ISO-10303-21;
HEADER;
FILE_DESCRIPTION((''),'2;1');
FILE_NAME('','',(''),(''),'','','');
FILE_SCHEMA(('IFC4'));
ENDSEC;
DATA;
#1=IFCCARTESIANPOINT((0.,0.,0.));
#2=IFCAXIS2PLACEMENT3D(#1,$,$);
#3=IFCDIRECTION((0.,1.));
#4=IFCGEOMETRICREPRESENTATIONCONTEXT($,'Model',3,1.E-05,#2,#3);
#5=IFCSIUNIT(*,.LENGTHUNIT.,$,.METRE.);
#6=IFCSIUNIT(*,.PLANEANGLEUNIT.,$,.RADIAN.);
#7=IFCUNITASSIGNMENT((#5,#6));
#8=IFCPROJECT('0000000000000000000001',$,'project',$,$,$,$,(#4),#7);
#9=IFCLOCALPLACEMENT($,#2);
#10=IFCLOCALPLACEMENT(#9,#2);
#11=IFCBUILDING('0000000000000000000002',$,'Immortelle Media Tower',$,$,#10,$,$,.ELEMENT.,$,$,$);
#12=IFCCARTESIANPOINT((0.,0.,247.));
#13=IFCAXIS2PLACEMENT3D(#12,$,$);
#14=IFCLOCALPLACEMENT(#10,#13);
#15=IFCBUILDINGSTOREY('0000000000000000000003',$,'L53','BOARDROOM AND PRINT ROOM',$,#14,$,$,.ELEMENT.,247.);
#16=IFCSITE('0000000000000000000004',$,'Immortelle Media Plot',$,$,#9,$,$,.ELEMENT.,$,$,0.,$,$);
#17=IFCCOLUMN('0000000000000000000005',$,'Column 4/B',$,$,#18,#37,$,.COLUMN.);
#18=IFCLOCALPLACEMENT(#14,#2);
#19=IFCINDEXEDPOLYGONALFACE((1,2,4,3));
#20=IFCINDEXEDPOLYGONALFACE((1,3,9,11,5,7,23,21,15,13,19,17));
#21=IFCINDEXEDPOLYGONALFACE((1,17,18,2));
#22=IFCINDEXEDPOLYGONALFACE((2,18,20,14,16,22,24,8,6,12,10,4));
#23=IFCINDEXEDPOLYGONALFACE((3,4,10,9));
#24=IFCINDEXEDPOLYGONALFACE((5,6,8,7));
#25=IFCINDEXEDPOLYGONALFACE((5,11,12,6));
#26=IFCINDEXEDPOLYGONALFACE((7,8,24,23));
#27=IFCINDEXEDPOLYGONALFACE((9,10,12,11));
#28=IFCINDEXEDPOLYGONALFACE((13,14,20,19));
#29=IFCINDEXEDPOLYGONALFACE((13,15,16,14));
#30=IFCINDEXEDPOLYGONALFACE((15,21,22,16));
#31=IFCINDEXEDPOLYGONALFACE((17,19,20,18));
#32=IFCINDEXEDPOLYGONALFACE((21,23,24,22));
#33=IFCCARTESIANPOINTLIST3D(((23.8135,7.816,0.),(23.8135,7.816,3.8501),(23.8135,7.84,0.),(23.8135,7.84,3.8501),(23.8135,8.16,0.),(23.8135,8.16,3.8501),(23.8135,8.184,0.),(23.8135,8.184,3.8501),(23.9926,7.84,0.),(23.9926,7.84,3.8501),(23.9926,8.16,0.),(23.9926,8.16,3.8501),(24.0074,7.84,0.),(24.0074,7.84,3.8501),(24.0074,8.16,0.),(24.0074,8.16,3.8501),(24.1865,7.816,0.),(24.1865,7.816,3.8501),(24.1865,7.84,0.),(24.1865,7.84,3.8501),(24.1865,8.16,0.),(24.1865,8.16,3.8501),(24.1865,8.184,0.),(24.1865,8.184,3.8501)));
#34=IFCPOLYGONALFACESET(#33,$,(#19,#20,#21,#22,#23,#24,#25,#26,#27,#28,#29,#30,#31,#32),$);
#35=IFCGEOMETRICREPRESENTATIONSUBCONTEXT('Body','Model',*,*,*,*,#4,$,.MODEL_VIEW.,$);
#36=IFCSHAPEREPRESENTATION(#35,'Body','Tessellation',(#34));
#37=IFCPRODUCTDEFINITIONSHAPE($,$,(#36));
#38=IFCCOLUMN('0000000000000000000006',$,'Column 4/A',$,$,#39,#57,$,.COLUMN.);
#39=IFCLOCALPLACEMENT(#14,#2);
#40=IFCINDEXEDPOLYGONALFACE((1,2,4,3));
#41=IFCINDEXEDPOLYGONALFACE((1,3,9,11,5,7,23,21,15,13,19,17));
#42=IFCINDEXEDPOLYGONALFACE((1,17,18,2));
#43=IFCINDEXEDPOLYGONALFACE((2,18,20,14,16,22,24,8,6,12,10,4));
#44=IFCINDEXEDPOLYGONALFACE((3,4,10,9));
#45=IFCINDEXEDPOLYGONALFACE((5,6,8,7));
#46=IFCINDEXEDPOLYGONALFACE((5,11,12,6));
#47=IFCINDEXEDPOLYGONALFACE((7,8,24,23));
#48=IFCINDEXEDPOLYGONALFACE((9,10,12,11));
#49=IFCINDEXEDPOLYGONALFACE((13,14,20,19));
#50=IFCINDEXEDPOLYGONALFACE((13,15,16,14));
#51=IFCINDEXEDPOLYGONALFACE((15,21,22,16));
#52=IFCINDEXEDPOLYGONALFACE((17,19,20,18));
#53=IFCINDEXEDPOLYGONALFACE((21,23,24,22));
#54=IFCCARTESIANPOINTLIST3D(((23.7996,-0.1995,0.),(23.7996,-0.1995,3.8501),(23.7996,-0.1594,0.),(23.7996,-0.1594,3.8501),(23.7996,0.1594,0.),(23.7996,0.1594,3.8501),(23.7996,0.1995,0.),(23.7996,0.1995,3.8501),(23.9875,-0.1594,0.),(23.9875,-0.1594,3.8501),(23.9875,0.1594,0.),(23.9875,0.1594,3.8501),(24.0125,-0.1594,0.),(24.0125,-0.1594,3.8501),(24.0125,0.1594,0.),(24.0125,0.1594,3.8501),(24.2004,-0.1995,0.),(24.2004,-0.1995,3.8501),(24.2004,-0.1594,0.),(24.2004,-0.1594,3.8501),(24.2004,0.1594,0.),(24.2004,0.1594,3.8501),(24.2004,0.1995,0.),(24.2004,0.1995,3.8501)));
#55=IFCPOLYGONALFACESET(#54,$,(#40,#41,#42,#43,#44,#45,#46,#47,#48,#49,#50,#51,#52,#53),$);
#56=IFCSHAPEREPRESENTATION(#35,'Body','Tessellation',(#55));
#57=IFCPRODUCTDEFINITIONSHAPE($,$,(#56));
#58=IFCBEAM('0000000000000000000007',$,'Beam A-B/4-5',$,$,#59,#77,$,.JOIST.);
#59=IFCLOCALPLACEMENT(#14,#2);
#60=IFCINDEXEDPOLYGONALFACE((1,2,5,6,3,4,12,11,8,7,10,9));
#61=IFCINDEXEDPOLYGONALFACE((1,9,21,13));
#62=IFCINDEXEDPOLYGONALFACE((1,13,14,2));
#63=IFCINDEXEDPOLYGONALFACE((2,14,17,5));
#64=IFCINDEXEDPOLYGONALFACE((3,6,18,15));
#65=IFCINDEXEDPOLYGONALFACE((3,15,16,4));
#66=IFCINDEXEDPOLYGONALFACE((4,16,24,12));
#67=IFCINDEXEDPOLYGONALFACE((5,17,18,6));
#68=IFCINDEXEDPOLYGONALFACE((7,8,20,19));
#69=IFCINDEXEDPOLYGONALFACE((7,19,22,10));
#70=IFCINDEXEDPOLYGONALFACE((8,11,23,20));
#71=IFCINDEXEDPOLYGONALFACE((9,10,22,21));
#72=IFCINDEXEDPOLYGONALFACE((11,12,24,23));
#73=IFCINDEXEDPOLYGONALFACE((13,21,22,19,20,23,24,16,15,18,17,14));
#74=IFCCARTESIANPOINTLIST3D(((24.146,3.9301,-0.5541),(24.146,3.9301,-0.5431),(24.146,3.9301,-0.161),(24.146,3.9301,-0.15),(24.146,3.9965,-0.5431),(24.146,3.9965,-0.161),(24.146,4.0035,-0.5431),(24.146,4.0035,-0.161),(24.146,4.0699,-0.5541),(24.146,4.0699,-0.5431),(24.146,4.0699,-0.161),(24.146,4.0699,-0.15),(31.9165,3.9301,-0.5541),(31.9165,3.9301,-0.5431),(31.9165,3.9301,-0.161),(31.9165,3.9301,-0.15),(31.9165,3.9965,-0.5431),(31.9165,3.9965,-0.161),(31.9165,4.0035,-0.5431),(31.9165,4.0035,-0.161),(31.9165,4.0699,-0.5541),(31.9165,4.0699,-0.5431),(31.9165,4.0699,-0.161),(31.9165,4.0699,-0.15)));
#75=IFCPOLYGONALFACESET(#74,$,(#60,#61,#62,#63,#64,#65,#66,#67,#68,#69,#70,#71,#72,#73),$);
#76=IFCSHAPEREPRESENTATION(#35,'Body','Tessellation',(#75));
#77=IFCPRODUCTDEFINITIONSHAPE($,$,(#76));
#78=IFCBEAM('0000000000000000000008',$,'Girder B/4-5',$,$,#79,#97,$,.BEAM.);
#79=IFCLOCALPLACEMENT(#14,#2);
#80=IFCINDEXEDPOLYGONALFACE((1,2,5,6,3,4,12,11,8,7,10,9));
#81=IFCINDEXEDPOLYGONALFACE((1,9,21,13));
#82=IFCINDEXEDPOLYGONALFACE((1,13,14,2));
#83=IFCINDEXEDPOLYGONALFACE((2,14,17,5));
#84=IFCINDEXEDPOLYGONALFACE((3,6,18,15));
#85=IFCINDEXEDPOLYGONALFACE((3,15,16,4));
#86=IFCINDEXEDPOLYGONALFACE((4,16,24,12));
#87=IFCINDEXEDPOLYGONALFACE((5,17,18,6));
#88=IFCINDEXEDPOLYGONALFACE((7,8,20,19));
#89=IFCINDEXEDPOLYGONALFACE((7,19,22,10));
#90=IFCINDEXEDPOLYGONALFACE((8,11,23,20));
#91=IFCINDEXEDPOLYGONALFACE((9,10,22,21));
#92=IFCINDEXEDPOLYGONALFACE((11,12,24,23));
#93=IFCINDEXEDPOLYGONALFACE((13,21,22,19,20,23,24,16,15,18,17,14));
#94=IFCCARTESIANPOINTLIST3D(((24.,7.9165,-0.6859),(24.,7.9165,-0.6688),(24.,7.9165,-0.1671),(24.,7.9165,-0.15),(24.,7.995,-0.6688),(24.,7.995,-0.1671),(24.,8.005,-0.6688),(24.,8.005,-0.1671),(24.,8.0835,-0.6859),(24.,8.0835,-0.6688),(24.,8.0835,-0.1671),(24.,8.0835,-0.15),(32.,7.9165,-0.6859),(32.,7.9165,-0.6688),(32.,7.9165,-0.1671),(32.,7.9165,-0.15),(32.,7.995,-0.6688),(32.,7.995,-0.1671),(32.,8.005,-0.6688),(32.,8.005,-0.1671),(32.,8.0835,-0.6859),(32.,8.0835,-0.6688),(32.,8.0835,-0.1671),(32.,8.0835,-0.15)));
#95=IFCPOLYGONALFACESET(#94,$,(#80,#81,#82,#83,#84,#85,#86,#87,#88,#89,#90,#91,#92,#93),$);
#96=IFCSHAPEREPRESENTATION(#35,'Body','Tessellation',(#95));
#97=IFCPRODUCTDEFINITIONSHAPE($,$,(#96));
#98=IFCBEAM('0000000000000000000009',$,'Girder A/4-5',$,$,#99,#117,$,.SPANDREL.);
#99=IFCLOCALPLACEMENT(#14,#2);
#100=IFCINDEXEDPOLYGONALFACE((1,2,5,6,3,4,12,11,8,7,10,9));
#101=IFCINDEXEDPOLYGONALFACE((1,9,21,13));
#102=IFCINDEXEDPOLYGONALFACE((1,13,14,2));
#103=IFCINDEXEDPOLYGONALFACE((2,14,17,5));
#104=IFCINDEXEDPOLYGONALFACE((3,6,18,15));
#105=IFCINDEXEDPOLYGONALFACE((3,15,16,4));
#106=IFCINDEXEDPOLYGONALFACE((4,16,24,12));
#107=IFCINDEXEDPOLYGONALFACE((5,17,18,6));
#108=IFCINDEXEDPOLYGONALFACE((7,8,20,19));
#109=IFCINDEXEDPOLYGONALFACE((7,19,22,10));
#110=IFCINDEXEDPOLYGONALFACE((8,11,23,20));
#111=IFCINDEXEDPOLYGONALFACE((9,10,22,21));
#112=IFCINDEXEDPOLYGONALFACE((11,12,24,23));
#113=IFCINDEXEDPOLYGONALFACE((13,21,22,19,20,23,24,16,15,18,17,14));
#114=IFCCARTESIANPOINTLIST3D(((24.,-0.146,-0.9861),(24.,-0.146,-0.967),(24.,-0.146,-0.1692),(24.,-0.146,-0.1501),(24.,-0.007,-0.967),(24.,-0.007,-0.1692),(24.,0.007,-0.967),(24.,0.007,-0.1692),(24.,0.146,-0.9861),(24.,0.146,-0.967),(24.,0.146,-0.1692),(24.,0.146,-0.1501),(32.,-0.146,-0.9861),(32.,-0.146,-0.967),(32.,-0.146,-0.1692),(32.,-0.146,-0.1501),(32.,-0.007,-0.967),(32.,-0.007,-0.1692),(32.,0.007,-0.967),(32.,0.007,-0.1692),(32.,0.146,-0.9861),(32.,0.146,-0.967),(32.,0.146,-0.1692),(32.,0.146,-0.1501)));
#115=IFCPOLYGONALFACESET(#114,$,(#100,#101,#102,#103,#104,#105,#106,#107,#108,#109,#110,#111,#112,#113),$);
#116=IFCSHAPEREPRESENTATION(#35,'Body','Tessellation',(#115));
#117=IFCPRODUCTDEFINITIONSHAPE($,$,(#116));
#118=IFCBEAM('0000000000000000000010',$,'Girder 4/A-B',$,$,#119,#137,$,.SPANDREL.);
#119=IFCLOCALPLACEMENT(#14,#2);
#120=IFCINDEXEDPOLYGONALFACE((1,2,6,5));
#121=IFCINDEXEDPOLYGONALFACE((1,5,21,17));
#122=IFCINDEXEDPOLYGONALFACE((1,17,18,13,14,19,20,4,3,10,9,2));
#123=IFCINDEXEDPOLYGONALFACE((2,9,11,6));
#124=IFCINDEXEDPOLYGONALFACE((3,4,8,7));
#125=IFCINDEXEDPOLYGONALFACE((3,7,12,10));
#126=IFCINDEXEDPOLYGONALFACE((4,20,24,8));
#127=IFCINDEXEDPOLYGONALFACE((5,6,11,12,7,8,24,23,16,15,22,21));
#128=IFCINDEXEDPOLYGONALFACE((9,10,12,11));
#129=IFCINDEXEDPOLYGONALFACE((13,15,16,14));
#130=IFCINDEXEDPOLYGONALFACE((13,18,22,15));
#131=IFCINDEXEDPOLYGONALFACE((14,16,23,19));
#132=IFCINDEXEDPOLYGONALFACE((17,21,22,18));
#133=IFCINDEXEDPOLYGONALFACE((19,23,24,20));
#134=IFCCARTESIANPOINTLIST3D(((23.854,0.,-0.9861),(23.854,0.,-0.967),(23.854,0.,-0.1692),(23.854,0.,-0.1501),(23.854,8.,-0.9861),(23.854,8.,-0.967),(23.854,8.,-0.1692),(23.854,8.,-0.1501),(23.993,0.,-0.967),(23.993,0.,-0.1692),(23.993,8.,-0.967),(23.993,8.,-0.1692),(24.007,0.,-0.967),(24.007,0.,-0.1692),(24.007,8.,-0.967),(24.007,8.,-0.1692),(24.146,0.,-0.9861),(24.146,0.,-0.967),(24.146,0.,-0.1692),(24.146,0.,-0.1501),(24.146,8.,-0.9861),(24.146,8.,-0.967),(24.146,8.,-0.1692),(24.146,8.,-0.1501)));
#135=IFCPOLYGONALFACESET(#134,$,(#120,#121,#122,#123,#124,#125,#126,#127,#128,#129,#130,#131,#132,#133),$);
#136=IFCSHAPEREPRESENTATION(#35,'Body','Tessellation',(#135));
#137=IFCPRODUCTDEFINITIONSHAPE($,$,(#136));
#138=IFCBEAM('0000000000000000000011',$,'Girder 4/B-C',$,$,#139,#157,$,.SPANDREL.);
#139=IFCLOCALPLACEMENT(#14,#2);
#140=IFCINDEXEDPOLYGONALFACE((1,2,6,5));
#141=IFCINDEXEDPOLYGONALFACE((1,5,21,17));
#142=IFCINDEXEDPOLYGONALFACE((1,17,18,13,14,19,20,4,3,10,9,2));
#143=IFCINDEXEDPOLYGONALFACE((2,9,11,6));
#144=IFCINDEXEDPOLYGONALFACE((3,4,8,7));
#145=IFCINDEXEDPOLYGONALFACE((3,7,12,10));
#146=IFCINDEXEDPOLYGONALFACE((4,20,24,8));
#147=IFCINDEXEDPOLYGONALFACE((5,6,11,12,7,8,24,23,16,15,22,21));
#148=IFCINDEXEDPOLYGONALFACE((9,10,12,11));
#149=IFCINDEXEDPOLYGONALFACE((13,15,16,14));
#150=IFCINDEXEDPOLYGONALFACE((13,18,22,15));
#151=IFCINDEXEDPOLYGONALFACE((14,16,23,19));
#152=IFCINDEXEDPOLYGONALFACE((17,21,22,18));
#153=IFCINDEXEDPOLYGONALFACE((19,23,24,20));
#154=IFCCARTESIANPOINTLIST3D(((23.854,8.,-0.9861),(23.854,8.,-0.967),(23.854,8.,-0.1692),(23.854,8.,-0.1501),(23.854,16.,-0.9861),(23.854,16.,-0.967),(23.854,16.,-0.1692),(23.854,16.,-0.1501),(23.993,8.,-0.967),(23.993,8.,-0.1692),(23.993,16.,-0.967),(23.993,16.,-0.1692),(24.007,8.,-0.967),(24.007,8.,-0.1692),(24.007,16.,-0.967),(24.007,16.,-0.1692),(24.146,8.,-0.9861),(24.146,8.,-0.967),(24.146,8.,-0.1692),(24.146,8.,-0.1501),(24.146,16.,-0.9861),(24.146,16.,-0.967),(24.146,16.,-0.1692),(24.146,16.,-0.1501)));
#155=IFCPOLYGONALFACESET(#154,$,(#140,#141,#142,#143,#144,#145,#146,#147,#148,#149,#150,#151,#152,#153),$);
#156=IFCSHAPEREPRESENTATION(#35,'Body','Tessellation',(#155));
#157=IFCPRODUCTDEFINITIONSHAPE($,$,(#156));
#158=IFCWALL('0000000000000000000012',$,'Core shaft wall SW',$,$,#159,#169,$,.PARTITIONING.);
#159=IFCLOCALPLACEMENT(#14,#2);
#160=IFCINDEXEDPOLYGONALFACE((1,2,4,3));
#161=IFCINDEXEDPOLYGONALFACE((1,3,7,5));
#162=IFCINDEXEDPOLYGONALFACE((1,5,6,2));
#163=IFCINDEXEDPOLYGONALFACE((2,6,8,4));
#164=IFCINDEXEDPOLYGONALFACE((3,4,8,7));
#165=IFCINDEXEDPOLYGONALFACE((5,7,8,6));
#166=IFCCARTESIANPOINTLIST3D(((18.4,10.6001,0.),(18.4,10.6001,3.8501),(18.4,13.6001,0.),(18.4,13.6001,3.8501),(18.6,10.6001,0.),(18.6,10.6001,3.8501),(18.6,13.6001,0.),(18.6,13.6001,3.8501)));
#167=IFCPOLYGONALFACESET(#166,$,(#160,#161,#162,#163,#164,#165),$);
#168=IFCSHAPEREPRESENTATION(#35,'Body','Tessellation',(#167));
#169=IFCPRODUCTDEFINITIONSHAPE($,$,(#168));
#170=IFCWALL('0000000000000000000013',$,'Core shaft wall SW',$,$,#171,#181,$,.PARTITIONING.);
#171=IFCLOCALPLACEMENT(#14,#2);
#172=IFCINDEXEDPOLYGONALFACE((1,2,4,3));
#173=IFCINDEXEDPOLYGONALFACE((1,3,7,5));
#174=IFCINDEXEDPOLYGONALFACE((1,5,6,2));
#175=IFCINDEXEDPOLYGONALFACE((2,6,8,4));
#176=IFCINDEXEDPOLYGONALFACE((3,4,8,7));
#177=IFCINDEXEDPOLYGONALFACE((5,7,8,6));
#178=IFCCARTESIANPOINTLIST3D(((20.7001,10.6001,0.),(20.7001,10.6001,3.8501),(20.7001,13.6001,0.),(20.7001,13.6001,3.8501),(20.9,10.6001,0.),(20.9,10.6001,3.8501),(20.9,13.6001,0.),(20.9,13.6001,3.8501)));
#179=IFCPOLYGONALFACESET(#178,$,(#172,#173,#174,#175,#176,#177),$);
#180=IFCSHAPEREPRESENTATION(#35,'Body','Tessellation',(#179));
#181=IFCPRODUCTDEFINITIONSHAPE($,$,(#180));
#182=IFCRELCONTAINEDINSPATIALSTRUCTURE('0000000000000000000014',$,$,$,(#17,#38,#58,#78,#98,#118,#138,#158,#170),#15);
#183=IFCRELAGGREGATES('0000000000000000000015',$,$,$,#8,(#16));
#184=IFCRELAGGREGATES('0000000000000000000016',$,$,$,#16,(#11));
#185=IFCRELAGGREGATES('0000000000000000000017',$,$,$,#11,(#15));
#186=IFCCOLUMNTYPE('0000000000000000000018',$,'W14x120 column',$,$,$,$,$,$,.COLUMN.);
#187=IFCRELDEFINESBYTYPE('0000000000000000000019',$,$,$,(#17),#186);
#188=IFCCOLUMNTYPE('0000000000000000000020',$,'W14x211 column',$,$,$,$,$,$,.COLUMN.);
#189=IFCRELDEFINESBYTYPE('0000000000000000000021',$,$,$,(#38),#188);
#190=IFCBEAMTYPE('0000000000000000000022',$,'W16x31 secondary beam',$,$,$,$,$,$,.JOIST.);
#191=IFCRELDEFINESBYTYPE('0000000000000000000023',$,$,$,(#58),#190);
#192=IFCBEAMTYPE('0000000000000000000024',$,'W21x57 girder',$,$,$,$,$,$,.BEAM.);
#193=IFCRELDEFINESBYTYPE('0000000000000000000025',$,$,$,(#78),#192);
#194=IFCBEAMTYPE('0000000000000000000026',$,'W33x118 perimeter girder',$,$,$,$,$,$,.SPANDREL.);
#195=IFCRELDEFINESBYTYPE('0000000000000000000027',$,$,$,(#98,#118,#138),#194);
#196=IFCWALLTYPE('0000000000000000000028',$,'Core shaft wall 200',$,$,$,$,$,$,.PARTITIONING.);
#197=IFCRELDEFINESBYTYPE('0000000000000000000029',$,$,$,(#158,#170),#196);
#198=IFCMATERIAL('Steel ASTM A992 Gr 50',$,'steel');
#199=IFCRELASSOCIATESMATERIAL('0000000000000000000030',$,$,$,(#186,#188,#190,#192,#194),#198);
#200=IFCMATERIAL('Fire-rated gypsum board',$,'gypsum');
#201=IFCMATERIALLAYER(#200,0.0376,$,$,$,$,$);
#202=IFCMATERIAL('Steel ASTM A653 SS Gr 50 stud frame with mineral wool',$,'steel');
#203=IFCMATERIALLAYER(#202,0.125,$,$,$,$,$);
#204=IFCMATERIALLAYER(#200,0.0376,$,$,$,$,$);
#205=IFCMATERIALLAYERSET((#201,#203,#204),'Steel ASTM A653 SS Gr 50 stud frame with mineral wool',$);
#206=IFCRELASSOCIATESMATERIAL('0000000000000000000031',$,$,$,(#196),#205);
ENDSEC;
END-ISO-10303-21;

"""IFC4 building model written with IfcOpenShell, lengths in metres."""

from ifc_helpers import new_model, si_unit, direction, frame, frame_2d, origin, origin_2d, place, context, subcontext, project, spatial, rectangle, i_section, extrude, material, layer, layer_set, material_profile, profile_set, type_object, element, save


model = new_model("IFC4")

# Units and contexts
model_context = context("Model", 3, precision=1e-05, world=origin(), true_north=direction((0.0, 1.0)))
body_context = subcontext(model_context, "Body", "Model", "MODEL_VIEW")
ifc_project = project(units=[si_unit("LENGTHUNIT", "METRE"), si_unit("PLANEANGLEUNIT", "RADIAN")], contexts=[model_context])

# Site, building, storey
site_placement = place(None, origin())
site = spatial("IfcSite", under=ifc_project, at=site_placement, Name="Immortelle Media Plot", CompositionType="ELEMENT", RefElevation=0.0)
building_placement = place(site_placement, origin())
building = spatial("IfcBuilding", under=site, at=building_placement, Name="Immortelle Media Tower", CompositionType="ELEMENT")
storey_placement = place(building_placement, frame((0.0, 0.0, 247.0)))
storey = spatial("IfcBuildingStorey", under=building, at=storey_placement, Name="L53", Description="BOARDROOM AND PRINT ROOM", CompositionType="ELEMENT", Elevation=247.0)

# Columns
ifc_material_1 = material(Name="Steel ASTM A992 Gr 50", Category="steel")
ifc_material_profile_1 = material_profile(ifc_material_1, i_section(OverallWidth=0.373, OverallDepth=0.3679, WebThickness=0.0149, FlangeThickness=0.0239, at=origin_2d()), Name="W14x120")
ifc_profile_set_1 = profile_set([ifc_material_profile_1], Name="Steel ASTM A992 Gr 50")
column_type_1 = type_object("IfcColumnType", Name="W14x120 column", PredefinedType="COLUMN", material=ifc_profile_set_1)
column_1_placement = place(storey_placement, frame((24.0, 8.0, 0.0), z_axis=(0.0, 0.0, 1.0), x_axis=(1.0, 0.0, 0.0)))
element("IfcColumn", 1, at=column_1_placement, inside=storey, type_object=column_type_1, Name="Column 4/B", PredefinedType="COLUMN", context=body_context, shape_type="SweptSolid", body=[
    extrude(i_section(OverallWidth=0.373, OverallDepth=0.3679, WebThickness=0.0149, FlangeThickness=0.0239, at=origin_2d()), origin(), (0.0, 0.0, 1.0), 3.8501),
])
ifc_material_profile_2 = material_profile(ifc_material_1, i_section(OverallWidth=0.4009, OverallDepth=0.3989, WebThickness=0.0249, FlangeThickness=0.04, at=origin_2d()), Name="W14x211")
ifc_profile_set_2 = profile_set([ifc_material_profile_2], Name="Steel ASTM A992 Gr 50")
column_type_2 = type_object("IfcColumnType", Name="W14x211 column", PredefinedType="COLUMN", material=ifc_profile_set_2)
column_2_placement = place(storey_placement, frame((24.0, 0.0, 0.0), z_axis=(0.0, 0.0, 1.0), x_axis=(1.0, 0.0, 0.0)))
element("IfcColumn", 2, at=column_2_placement, inside=storey, type_object=column_type_2, Name="Column 4/A", PredefinedType="COLUMN", context=body_context, shape_type="SweptSolid", body=[
    extrude(i_section(OverallWidth=0.4009, OverallDepth=0.3989, WebThickness=0.0249, FlangeThickness=0.04, at=origin_2d()), origin(), (0.0, 0.0, 1.0), 3.8501),
])

# Beams
ifc_material_profile_3 = material_profile(ifc_material_1, i_section(OverallWidth=0.1399, OverallDepth=0.4041, WebThickness=0.0071, FlangeThickness=0.011, at=origin_2d()), Name="W16x31")
ifc_profile_set_3 = profile_set([ifc_material_profile_3], Name="Steel ASTM A992 Gr 50")
beam_type_1 = type_object("IfcBeamType", Name="W16x31 secondary beam", PredefinedType="JOIST", material=ifc_profile_set_3)
beam_1_placement = place(storey_placement, frame((24.146, 4.0, -0.3521), z_axis=(1.0, 0.0, 0.0), x_axis=(0.0, 1.0, 0.0)))
element("IfcBeam", 3, at=beam_1_placement, inside=storey, type_object=beam_type_1, Name="Beam A-B/4-5", PredefinedType="JOIST", context=body_context, shape_type="SweptSolid", body=[
    extrude(i_section(OverallWidth=0.1399, OverallDepth=0.4041, WebThickness=0.0071, FlangeThickness=0.011, at=origin_2d()), origin(), (0.0, 0.0, 1.0), 7.7705),
])
ifc_material_profile_4 = material_profile(ifc_material_1, i_section(OverallWidth=0.167, OverallDepth=0.5359, WebThickness=0.01, FlangeThickness=0.0171, at=origin_2d()), Name="W21x57")
ifc_profile_set_4 = profile_set([ifc_material_profile_4], Name="Steel ASTM A992 Gr 50")
beam_type_2 = type_object("IfcBeamType", Name="W21x57 girder", PredefinedType="BEAM", material=ifc_profile_set_4)
beam_2_placement = place(storey_placement, frame((24.0, 8.0, -0.418), z_axis=(1.0, 0.0, 0.0), x_axis=(0.0, 1.0, 0.0)))
element("IfcBeam", 4, at=beam_2_placement, inside=storey, type_object=beam_type_2, Name="Girder B/4-5", PredefinedType="BEAM", context=body_context, shape_type="SweptSolid", body=[
    extrude(i_section(OverallWidth=0.167, OverallDepth=0.5359, WebThickness=0.01, FlangeThickness=0.0171, at=origin_2d()), origin(), (0.0, 0.0, 1.0), 8.0),
])
ifc_material_profile_5 = material_profile(ifc_material_1, i_section(OverallWidth=0.292, OverallDepth=0.8359, WebThickness=0.0139, FlangeThickness=0.019, at=origin_2d()), Name="W33x118")
ifc_profile_set_5 = profile_set([ifc_material_profile_5], Name="Steel ASTM A992 Gr 50")
beam_type_3 = type_object("IfcBeamType", Name="W33x118 perimeter girder", PredefinedType="SPANDREL", material=ifc_profile_set_5)
for number, where, z_axis, x_axis, name in (
    (5, (24.0, 0.0, -0.5681), (1.0, 0.0, 0.0), (0.0, 1.0, 0.0), "Girder A/4-5"),
    (6, (24.0, 0.0, -0.5681), (0.0, 1.0, 0.0), (-1.0, 0.0, 0.0), "Girder 4/A-B"),
    (7, (24.0, 8.0, -0.5681), (0.0, 1.0, 0.0), (-1.0, 0.0, 0.0), "Girder 4/B-C"),
):
    element("IfcBeam", number, at=place(storey_placement, frame(where, z_axis=z_axis, x_axis=x_axis)), inside=storey, type_object=beam_type_3, Name=name, PredefinedType="SPANDREL", context=body_context, shape_type="SweptSolid", body=[
        extrude(i_section(OverallWidth=0.292, OverallDepth=0.8359, WebThickness=0.0139, FlangeThickness=0.019, at=origin_2d()), origin(), (0.0, 0.0, 1.0), 8.0),
    ])

# Walls
ifc_material_2 = material(Name="Fire-rated gypsum board", Category="gypsum")
ifc_layer_1 = layer(ifc_material_2, 0.0376)
ifc_material_3 = material(Name="Steel ASTM A653 SS Gr 50 stud frame with mineral wool", Category="steel")
ifc_layer_2 = layer(ifc_material_3, 0.125)
ifc_layer_3 = layer(ifc_material_2, 0.0376)
ifc_layer_set_1 = layer_set([ifc_layer_1, ifc_layer_2, ifc_layer_3], Name="Steel ASTM A653 SS Gr 50 stud frame with mineral wool")
wall_type_1 = type_object("IfcWallType", Name="Core shaft wall 200", PredefinedType="PARTITIONING", material=ifc_layer_set_1)
for number, where, z_axis, x_axis, name in (
    (8, (18.5, 10.6001, 0.0), (0.0, 0.0, 1.0), (0.0, 1.0, 0.0), "Core shaft wall SW"),
    (9, (20.8, 10.6001, 0.0), (0.0, 0.0, 1.0), (0.0, 1.0, 0.0), "Core shaft wall SW"),
):
    element("IfcWall", number, at=place(storey_placement, frame(where, z_axis=z_axis, x_axis=x_axis)), inside=storey, type_object=wall_type_1, Name=name, PredefinedType="PARTITIONING", context=body_context, shape_type="SweptSolid", body=[
        extrude(rectangle(XDim=3.0, YDim=0.2, at=frame_2d((1.5, 0.0))), origin(), (0.0, 0.0, 1.0), 3.8501),
    ])

save(model, "model.ifc")
